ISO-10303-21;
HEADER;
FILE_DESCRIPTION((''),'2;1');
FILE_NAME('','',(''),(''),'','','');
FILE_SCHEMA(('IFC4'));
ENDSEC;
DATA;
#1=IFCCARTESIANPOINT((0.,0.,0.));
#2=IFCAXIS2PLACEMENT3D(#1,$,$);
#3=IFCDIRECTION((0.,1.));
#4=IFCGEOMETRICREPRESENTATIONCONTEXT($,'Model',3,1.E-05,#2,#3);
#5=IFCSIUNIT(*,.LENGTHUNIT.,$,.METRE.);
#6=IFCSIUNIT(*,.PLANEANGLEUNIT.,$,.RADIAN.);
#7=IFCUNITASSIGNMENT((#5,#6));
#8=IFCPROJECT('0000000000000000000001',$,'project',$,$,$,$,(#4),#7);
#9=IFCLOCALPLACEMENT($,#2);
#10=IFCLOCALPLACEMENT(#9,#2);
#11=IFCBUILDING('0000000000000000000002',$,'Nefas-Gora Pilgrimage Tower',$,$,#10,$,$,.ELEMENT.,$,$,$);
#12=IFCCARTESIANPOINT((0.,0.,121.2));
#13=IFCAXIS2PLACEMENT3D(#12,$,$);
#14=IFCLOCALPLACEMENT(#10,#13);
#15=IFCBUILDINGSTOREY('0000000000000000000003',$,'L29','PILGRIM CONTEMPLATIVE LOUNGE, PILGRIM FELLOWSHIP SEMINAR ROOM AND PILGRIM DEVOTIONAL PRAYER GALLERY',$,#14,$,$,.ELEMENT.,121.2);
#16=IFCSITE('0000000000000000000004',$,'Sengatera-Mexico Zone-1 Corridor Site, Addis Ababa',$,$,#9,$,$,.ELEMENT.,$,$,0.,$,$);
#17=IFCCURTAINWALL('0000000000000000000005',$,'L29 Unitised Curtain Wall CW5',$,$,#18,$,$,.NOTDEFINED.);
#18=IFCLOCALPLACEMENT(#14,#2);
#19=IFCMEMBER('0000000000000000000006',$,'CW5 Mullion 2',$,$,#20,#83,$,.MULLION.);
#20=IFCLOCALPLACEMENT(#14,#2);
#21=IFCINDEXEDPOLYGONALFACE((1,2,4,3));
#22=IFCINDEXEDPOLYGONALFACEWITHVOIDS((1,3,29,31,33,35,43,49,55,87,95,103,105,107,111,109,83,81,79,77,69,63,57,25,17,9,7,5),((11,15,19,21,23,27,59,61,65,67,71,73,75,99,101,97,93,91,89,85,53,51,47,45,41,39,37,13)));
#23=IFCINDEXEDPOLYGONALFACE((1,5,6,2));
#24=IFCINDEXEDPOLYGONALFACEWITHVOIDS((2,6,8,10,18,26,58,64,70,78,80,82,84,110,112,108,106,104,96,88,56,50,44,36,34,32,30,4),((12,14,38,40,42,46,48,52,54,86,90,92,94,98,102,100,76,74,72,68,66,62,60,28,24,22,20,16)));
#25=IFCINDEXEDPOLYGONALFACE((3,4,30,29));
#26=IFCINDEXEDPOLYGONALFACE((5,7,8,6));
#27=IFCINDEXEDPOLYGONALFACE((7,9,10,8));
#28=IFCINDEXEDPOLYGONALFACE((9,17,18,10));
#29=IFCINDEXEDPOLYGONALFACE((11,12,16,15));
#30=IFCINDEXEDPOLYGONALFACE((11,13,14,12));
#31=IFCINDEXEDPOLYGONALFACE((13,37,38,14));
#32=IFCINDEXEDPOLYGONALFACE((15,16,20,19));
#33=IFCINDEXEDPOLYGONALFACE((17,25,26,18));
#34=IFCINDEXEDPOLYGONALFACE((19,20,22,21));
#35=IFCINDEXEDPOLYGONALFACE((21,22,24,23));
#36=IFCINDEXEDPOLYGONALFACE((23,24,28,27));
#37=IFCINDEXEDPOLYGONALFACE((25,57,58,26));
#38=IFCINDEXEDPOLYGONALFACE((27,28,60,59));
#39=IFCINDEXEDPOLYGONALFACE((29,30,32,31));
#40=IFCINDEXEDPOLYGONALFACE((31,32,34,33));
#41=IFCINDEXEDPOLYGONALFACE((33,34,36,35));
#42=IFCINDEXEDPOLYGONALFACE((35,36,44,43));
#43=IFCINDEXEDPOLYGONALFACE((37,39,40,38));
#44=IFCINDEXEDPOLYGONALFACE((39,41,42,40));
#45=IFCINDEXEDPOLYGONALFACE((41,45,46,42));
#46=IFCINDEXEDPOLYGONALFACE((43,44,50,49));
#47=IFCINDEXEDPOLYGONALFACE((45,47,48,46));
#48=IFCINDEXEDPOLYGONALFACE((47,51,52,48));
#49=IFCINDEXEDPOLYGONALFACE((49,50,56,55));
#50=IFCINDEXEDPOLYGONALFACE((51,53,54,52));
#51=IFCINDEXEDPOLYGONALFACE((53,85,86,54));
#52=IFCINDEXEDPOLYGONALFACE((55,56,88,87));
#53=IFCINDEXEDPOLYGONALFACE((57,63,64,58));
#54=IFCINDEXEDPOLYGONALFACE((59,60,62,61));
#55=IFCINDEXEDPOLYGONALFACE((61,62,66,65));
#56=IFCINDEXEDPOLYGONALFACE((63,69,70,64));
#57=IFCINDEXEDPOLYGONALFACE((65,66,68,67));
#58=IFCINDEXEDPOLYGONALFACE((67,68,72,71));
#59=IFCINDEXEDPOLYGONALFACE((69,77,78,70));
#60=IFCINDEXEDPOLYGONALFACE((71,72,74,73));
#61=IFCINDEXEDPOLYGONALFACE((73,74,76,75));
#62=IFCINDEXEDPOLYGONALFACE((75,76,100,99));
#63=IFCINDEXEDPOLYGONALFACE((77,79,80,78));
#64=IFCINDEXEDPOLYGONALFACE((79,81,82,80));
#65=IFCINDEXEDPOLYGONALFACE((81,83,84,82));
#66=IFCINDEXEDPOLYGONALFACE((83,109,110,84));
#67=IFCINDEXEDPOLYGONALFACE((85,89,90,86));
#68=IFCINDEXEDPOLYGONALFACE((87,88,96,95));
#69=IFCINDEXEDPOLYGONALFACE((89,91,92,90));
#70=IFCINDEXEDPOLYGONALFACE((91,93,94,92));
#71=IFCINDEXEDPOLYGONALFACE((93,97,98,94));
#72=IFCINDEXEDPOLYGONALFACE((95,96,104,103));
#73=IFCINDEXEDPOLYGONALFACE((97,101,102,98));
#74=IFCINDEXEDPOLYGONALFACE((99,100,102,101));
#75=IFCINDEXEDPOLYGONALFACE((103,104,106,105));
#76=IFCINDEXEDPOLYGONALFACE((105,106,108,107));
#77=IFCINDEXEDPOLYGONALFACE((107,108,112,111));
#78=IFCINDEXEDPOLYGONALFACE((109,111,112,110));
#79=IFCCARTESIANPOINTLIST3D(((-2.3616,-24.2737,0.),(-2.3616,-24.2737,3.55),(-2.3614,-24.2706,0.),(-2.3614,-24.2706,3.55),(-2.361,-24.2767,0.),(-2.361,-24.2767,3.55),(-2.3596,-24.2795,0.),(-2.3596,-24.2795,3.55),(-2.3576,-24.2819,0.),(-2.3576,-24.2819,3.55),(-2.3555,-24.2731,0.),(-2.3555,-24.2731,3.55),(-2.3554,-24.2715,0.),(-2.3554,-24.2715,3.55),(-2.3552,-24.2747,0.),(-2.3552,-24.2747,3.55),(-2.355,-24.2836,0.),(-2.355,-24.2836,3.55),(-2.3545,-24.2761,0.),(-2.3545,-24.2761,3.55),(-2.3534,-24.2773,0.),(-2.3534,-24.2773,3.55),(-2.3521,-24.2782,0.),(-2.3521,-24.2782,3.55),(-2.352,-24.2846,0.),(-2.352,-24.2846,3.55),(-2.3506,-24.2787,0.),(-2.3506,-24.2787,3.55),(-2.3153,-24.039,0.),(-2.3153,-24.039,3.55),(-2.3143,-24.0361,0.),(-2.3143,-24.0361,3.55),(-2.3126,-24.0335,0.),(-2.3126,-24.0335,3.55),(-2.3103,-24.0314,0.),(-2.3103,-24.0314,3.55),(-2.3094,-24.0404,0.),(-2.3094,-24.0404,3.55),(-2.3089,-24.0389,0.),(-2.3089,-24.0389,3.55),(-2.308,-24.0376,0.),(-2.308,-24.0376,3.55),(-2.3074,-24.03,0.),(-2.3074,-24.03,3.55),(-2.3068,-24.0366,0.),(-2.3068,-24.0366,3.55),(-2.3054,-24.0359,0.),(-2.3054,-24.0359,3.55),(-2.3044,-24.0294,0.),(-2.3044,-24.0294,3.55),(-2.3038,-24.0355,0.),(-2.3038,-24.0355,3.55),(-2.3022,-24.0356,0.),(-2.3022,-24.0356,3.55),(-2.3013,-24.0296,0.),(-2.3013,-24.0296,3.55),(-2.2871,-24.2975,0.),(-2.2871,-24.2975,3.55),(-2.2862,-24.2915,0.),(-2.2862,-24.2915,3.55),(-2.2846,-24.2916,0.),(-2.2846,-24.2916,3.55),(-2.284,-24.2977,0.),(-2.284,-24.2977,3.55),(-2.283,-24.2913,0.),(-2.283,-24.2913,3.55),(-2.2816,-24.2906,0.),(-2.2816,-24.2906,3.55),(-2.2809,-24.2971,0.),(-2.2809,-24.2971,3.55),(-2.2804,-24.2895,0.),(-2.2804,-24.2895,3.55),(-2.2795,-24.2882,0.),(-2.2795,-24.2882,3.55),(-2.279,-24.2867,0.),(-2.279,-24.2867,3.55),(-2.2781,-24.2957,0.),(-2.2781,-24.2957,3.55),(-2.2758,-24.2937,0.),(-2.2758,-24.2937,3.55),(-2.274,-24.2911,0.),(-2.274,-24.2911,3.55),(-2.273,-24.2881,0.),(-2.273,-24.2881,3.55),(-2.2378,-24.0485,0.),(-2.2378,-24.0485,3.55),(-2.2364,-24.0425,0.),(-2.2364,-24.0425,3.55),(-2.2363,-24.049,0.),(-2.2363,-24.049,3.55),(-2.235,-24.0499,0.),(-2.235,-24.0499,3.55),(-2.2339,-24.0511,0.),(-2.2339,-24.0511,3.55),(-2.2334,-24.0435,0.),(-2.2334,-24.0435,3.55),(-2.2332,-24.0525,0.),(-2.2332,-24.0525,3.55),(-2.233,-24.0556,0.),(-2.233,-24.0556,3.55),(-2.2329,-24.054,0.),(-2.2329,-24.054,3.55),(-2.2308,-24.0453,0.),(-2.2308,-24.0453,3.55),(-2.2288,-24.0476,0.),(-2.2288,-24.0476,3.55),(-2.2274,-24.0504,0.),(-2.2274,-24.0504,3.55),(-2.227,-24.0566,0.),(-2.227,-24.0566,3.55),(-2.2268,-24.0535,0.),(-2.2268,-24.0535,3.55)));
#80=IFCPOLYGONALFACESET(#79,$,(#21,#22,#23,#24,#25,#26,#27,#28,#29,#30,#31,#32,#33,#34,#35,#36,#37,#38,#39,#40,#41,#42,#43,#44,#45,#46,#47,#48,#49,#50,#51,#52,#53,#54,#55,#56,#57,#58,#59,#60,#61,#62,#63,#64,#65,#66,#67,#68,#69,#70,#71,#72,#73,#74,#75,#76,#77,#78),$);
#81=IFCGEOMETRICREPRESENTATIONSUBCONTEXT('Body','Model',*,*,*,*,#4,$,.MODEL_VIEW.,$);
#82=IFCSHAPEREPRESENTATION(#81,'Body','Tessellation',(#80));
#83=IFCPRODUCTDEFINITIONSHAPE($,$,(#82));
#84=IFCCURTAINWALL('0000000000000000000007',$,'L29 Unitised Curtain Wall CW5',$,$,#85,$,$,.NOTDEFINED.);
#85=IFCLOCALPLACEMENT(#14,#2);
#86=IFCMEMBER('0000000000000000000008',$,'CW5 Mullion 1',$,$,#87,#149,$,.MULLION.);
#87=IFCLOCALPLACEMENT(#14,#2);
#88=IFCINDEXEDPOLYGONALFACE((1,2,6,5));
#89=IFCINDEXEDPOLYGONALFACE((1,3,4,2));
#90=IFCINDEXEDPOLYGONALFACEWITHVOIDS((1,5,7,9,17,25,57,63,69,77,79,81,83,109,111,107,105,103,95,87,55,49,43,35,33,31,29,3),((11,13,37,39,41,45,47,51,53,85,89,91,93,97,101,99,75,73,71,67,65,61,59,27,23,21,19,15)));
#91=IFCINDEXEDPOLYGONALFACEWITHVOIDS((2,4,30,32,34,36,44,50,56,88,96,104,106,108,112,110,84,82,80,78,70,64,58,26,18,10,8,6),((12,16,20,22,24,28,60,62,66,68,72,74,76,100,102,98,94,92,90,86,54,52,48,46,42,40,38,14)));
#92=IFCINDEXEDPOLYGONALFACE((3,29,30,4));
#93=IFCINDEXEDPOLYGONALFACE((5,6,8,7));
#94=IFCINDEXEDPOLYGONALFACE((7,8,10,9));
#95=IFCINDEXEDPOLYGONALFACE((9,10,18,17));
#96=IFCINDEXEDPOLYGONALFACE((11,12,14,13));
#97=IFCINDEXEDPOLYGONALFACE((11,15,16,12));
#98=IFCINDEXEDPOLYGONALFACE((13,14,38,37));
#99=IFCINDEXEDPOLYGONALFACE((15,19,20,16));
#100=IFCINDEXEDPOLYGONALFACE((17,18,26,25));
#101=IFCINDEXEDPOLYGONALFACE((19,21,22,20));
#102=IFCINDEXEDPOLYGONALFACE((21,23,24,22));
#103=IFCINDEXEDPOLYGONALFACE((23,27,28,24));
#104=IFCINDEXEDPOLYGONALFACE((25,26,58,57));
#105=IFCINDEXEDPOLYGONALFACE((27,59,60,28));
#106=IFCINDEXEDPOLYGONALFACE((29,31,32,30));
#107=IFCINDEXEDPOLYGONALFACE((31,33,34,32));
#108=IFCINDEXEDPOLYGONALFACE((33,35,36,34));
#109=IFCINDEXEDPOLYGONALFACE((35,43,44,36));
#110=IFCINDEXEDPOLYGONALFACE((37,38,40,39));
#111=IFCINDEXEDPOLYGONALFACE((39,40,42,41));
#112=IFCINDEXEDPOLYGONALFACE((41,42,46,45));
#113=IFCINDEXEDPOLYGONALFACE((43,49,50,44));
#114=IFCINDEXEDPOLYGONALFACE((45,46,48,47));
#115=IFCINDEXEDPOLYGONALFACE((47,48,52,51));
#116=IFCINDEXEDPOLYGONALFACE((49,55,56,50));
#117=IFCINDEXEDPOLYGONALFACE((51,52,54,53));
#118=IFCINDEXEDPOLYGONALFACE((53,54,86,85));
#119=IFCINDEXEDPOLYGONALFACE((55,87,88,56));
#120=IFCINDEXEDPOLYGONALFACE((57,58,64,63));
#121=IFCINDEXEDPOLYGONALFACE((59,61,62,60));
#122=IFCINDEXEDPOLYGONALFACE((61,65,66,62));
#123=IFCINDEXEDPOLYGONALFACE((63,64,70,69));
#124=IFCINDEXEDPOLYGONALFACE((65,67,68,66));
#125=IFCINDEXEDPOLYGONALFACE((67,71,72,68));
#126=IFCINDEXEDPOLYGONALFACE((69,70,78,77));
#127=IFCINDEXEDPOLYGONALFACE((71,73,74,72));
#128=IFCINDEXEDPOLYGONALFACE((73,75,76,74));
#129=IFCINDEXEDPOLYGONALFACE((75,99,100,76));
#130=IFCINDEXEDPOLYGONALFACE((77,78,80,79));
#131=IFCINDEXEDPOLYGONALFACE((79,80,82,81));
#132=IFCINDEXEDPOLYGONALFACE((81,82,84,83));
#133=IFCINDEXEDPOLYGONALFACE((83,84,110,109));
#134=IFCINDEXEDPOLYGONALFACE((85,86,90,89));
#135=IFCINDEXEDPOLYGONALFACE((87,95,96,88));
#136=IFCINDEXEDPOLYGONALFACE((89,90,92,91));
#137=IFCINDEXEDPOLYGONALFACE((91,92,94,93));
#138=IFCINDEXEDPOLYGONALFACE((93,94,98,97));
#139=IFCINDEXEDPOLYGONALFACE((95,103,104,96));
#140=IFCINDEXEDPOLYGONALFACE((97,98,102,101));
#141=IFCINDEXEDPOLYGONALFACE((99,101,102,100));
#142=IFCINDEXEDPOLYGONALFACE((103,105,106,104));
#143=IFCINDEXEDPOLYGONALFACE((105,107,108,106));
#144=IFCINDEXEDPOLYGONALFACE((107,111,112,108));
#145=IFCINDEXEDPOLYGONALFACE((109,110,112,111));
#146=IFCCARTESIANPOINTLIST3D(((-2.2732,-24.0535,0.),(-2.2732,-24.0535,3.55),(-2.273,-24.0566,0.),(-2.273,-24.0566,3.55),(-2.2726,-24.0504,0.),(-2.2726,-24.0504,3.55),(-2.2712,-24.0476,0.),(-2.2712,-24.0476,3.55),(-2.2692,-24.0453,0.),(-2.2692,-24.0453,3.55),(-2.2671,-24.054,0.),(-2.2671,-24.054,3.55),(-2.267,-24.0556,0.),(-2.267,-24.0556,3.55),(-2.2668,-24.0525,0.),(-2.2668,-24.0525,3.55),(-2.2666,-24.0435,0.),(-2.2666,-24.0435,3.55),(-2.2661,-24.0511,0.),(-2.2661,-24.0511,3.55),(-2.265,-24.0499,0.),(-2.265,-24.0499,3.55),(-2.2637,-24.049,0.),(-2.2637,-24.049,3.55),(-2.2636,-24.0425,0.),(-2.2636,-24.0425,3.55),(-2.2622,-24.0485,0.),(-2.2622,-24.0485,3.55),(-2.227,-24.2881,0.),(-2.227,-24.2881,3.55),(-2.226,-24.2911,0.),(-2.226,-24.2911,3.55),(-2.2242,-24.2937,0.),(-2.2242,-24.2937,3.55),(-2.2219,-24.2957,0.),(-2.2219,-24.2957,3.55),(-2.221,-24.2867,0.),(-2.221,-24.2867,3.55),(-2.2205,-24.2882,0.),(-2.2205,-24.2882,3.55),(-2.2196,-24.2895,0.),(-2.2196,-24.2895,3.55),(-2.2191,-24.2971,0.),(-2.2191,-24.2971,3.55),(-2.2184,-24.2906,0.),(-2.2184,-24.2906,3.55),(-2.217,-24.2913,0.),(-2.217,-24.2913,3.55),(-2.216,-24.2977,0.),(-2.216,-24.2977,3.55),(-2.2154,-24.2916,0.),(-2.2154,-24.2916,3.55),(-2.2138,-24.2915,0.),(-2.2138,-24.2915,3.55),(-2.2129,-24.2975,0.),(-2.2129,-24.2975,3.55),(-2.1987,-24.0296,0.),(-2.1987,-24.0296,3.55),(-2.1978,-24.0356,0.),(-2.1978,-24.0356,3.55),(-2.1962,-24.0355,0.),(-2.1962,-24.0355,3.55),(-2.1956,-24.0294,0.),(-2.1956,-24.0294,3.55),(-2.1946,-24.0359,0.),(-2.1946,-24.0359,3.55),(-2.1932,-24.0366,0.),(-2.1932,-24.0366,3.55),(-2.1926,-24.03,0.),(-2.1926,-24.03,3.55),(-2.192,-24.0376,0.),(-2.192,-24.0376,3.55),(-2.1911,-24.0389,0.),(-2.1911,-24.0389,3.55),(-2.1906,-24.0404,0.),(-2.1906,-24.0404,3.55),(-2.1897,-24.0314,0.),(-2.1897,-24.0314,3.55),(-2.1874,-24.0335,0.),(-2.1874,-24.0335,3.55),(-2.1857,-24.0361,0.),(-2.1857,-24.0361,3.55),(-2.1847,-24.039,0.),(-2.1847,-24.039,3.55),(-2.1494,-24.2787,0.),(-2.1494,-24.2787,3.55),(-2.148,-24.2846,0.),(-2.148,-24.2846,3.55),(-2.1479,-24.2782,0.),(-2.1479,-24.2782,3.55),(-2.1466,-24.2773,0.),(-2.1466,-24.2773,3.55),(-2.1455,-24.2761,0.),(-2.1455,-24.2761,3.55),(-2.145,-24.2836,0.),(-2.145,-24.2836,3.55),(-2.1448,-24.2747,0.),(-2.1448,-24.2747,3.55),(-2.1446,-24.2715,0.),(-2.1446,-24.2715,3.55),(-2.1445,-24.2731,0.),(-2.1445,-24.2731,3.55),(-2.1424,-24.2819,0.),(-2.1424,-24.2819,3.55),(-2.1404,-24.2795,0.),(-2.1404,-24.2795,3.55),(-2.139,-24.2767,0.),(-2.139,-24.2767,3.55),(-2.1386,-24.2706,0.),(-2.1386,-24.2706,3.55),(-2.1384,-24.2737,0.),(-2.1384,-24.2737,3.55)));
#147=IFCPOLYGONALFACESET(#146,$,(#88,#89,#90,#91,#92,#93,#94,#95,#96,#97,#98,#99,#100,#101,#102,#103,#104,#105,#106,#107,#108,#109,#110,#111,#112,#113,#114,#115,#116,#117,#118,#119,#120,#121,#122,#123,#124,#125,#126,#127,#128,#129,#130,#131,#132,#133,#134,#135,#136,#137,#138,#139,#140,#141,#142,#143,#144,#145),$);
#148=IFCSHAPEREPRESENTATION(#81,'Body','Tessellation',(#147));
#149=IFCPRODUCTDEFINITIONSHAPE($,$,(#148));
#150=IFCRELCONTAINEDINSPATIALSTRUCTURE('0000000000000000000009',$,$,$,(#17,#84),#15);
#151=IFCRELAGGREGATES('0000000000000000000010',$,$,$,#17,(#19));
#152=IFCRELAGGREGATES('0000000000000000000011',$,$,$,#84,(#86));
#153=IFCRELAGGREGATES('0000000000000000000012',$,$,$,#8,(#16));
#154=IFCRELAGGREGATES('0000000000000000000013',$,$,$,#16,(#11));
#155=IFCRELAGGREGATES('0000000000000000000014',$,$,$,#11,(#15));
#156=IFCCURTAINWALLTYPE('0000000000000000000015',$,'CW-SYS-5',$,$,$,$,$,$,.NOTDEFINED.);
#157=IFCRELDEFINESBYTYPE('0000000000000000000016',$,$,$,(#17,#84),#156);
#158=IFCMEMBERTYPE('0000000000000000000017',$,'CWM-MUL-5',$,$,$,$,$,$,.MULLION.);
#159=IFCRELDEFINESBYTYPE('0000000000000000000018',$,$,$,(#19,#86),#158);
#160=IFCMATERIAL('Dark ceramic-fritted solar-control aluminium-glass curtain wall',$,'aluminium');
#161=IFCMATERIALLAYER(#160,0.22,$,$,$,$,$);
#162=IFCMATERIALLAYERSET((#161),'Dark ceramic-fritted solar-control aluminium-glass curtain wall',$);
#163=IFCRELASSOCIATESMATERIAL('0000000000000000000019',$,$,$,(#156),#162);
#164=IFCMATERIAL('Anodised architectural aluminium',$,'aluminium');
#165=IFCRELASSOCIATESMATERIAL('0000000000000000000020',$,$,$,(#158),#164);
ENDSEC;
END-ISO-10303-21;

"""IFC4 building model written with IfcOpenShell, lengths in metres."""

from ifc_helpers import new_model, si_unit, direction, frame, origin, origin_2d, place, context, subcontext, project, spatial, hollow_rectangle, extrude, source, transform, mapped, material, layer, layer_set, material_profile, profile_set, type_object, element, aggregate, save


model = new_model("IFC4")

# Units and contexts
model_context = context("Model", 3, precision=1e-05, world=origin(), true_north=direction((0.0, 1.0)))
body_context = subcontext(model_context, "Body", "Model", "MODEL_VIEW")
ifc_project = project(units=[si_unit("LENGTHUNIT", "METRE"), si_unit("PLANEANGLEUNIT", "RADIAN")], contexts=[model_context])

# Site, building, storey
site_placement = place(None, origin())
site = spatial("IfcSite", under=ifc_project, at=site_placement, Name="Sengatera-Mexico Zone-1 Corridor Site, Addis Ababa", CompositionType="ELEMENT", RefElevation=0.0)
building_placement = place(site_placement, origin())
building = spatial("IfcBuilding", under=site, at=building_placement, Name="Nefas-Gora Pilgrimage Tower", CompositionType="ELEMENT")
storey_placement = place(building_placement, frame((0.0, 0.0, 121.2)))
storey = spatial("IfcBuildingStorey", under=building, at=storey_placement, Name="L29", Description="PILGRIM CONTEMPLATIVE LOUNGE, PILGRIM FELLOWSHIP SEMINAR ROOM AND PILGRIM DEVOTIONAL PRAYER GALLERY", CompositionType="ELEMENT", Elevation=121.2)

# Shared definitions
ifc_material_1 = material(Name="Dark ceramic-fritted solar-control aluminium-glass curtain wall", Category="aluminium")
ifc_layer_1 = layer(ifc_material_1, 0.22)
ifc_layer_set_1 = layer_set([ifc_layer_1], Name="Dark ceramic-fritted solar-control aluminium-glass curtain wall")
curtain_wall_type = type_object("IfcCurtainWallType", Name="CW-SYS-5", PredefinedType="NOTDEFINED", material=ifc_layer_set_1)
ifc_material_2 = material(Name="Anodised architectural aluminium", Category="aluminium")
ifc_material_profile_1 = material_profile(ifc_material_2, hollow_rectangle(XDim=0.0901, YDim=0.26, WallThickness=0.0061, InnerFilletRadius=0.0061, OuterFilletRadius=0.012, at=origin_2d()), Name="ALU MULLION 90x260")
ifc_profile_set_1 = profile_set([ifc_material_profile_1], Name="Anodised architectural aluminium")
member_type_1 = type_object("IfcMemberType", Name="CWM-MUL-5", PredefinedType="MULLION", material=ifc_profile_set_1)
shared_shape_1 = source(origin(), body_context, "Body", "SweptSolid", [
    extrude(hollow_rectangle(XDim=0.0901, YDim=0.26, WallThickness=0.0061, InnerFilletRadius=0.0061, OuterFilletRadius=0.012, at=origin_2d()), origin(), (0.0, 0.0, 1.0), 3.55),
])

# Curtain wall, member
curtain_wall_1_placement = place(storey_placement, origin())
curtain_wall_1 = element("IfcCurtainWall", 1, at=curtain_wall_1_placement, inside=storey, type_object=curtain_wall_type, Name="L29 Unitised Curtain Wall CW5", PredefinedType="NOTDEFINED")
member_1_placement = place(storey_placement, frame((-2.2942, -24.1636, 0.0), z_axis=(0.0, 0.0, 1.0), x_axis=(0.980783, -0.195102, 0.0)))
member_1 = element("IfcMember", 2, at=member_1_placement, type_object=member_type_1, Name="CW5 Mullion 2", PredefinedType="MULLION", context=body_context, shape_type="MappedRepresentation", body=[
    mapped(shared_shape_1, transform((0.0, 0.0, 0.0), x_axis=(1.0, 0.0, 0.0), y_axis=(0.0, 1.0, 0.0), z_axis=(0.0, 0.0, 1.0), scale=1.0)),
])

# Curtain wall, member
curtain_wall_2_placement = place(storey_placement, origin())
curtain_wall_2 = element("IfcCurtainWall", 3, at=curtain_wall_2_placement, inside=storey, type_object=curtain_wall_type, Name="L29 Unitised Curtain Wall CW5", PredefinedType="NOTDEFINED")
member_2_placement = place(storey_placement, frame((-2.2058, -24.1636, 0.0), z_axis=(0.0, 0.0, 1.0), x_axis=(0.980783, 0.195102, 0.0)))
member_2 = element("IfcMember", 4, at=member_2_placement, type_object=member_type_1, Name="CW5 Mullion 1", PredefinedType="MULLION", context=body_context, shape_type="MappedRepresentation", body=[
    mapped(shared_shape_1, transform((0.0, 0.0, 0.0), x_axis=(1.0, 0.0, 0.0), y_axis=(0.0, 1.0, 0.0), z_axis=(0.0, 0.0, 1.0), scale=1.0)),
])

aggregate(curtain_wall_1, [member_1])
aggregate(curtain_wall_2, [member_2])

save(model, "model.ifc")
